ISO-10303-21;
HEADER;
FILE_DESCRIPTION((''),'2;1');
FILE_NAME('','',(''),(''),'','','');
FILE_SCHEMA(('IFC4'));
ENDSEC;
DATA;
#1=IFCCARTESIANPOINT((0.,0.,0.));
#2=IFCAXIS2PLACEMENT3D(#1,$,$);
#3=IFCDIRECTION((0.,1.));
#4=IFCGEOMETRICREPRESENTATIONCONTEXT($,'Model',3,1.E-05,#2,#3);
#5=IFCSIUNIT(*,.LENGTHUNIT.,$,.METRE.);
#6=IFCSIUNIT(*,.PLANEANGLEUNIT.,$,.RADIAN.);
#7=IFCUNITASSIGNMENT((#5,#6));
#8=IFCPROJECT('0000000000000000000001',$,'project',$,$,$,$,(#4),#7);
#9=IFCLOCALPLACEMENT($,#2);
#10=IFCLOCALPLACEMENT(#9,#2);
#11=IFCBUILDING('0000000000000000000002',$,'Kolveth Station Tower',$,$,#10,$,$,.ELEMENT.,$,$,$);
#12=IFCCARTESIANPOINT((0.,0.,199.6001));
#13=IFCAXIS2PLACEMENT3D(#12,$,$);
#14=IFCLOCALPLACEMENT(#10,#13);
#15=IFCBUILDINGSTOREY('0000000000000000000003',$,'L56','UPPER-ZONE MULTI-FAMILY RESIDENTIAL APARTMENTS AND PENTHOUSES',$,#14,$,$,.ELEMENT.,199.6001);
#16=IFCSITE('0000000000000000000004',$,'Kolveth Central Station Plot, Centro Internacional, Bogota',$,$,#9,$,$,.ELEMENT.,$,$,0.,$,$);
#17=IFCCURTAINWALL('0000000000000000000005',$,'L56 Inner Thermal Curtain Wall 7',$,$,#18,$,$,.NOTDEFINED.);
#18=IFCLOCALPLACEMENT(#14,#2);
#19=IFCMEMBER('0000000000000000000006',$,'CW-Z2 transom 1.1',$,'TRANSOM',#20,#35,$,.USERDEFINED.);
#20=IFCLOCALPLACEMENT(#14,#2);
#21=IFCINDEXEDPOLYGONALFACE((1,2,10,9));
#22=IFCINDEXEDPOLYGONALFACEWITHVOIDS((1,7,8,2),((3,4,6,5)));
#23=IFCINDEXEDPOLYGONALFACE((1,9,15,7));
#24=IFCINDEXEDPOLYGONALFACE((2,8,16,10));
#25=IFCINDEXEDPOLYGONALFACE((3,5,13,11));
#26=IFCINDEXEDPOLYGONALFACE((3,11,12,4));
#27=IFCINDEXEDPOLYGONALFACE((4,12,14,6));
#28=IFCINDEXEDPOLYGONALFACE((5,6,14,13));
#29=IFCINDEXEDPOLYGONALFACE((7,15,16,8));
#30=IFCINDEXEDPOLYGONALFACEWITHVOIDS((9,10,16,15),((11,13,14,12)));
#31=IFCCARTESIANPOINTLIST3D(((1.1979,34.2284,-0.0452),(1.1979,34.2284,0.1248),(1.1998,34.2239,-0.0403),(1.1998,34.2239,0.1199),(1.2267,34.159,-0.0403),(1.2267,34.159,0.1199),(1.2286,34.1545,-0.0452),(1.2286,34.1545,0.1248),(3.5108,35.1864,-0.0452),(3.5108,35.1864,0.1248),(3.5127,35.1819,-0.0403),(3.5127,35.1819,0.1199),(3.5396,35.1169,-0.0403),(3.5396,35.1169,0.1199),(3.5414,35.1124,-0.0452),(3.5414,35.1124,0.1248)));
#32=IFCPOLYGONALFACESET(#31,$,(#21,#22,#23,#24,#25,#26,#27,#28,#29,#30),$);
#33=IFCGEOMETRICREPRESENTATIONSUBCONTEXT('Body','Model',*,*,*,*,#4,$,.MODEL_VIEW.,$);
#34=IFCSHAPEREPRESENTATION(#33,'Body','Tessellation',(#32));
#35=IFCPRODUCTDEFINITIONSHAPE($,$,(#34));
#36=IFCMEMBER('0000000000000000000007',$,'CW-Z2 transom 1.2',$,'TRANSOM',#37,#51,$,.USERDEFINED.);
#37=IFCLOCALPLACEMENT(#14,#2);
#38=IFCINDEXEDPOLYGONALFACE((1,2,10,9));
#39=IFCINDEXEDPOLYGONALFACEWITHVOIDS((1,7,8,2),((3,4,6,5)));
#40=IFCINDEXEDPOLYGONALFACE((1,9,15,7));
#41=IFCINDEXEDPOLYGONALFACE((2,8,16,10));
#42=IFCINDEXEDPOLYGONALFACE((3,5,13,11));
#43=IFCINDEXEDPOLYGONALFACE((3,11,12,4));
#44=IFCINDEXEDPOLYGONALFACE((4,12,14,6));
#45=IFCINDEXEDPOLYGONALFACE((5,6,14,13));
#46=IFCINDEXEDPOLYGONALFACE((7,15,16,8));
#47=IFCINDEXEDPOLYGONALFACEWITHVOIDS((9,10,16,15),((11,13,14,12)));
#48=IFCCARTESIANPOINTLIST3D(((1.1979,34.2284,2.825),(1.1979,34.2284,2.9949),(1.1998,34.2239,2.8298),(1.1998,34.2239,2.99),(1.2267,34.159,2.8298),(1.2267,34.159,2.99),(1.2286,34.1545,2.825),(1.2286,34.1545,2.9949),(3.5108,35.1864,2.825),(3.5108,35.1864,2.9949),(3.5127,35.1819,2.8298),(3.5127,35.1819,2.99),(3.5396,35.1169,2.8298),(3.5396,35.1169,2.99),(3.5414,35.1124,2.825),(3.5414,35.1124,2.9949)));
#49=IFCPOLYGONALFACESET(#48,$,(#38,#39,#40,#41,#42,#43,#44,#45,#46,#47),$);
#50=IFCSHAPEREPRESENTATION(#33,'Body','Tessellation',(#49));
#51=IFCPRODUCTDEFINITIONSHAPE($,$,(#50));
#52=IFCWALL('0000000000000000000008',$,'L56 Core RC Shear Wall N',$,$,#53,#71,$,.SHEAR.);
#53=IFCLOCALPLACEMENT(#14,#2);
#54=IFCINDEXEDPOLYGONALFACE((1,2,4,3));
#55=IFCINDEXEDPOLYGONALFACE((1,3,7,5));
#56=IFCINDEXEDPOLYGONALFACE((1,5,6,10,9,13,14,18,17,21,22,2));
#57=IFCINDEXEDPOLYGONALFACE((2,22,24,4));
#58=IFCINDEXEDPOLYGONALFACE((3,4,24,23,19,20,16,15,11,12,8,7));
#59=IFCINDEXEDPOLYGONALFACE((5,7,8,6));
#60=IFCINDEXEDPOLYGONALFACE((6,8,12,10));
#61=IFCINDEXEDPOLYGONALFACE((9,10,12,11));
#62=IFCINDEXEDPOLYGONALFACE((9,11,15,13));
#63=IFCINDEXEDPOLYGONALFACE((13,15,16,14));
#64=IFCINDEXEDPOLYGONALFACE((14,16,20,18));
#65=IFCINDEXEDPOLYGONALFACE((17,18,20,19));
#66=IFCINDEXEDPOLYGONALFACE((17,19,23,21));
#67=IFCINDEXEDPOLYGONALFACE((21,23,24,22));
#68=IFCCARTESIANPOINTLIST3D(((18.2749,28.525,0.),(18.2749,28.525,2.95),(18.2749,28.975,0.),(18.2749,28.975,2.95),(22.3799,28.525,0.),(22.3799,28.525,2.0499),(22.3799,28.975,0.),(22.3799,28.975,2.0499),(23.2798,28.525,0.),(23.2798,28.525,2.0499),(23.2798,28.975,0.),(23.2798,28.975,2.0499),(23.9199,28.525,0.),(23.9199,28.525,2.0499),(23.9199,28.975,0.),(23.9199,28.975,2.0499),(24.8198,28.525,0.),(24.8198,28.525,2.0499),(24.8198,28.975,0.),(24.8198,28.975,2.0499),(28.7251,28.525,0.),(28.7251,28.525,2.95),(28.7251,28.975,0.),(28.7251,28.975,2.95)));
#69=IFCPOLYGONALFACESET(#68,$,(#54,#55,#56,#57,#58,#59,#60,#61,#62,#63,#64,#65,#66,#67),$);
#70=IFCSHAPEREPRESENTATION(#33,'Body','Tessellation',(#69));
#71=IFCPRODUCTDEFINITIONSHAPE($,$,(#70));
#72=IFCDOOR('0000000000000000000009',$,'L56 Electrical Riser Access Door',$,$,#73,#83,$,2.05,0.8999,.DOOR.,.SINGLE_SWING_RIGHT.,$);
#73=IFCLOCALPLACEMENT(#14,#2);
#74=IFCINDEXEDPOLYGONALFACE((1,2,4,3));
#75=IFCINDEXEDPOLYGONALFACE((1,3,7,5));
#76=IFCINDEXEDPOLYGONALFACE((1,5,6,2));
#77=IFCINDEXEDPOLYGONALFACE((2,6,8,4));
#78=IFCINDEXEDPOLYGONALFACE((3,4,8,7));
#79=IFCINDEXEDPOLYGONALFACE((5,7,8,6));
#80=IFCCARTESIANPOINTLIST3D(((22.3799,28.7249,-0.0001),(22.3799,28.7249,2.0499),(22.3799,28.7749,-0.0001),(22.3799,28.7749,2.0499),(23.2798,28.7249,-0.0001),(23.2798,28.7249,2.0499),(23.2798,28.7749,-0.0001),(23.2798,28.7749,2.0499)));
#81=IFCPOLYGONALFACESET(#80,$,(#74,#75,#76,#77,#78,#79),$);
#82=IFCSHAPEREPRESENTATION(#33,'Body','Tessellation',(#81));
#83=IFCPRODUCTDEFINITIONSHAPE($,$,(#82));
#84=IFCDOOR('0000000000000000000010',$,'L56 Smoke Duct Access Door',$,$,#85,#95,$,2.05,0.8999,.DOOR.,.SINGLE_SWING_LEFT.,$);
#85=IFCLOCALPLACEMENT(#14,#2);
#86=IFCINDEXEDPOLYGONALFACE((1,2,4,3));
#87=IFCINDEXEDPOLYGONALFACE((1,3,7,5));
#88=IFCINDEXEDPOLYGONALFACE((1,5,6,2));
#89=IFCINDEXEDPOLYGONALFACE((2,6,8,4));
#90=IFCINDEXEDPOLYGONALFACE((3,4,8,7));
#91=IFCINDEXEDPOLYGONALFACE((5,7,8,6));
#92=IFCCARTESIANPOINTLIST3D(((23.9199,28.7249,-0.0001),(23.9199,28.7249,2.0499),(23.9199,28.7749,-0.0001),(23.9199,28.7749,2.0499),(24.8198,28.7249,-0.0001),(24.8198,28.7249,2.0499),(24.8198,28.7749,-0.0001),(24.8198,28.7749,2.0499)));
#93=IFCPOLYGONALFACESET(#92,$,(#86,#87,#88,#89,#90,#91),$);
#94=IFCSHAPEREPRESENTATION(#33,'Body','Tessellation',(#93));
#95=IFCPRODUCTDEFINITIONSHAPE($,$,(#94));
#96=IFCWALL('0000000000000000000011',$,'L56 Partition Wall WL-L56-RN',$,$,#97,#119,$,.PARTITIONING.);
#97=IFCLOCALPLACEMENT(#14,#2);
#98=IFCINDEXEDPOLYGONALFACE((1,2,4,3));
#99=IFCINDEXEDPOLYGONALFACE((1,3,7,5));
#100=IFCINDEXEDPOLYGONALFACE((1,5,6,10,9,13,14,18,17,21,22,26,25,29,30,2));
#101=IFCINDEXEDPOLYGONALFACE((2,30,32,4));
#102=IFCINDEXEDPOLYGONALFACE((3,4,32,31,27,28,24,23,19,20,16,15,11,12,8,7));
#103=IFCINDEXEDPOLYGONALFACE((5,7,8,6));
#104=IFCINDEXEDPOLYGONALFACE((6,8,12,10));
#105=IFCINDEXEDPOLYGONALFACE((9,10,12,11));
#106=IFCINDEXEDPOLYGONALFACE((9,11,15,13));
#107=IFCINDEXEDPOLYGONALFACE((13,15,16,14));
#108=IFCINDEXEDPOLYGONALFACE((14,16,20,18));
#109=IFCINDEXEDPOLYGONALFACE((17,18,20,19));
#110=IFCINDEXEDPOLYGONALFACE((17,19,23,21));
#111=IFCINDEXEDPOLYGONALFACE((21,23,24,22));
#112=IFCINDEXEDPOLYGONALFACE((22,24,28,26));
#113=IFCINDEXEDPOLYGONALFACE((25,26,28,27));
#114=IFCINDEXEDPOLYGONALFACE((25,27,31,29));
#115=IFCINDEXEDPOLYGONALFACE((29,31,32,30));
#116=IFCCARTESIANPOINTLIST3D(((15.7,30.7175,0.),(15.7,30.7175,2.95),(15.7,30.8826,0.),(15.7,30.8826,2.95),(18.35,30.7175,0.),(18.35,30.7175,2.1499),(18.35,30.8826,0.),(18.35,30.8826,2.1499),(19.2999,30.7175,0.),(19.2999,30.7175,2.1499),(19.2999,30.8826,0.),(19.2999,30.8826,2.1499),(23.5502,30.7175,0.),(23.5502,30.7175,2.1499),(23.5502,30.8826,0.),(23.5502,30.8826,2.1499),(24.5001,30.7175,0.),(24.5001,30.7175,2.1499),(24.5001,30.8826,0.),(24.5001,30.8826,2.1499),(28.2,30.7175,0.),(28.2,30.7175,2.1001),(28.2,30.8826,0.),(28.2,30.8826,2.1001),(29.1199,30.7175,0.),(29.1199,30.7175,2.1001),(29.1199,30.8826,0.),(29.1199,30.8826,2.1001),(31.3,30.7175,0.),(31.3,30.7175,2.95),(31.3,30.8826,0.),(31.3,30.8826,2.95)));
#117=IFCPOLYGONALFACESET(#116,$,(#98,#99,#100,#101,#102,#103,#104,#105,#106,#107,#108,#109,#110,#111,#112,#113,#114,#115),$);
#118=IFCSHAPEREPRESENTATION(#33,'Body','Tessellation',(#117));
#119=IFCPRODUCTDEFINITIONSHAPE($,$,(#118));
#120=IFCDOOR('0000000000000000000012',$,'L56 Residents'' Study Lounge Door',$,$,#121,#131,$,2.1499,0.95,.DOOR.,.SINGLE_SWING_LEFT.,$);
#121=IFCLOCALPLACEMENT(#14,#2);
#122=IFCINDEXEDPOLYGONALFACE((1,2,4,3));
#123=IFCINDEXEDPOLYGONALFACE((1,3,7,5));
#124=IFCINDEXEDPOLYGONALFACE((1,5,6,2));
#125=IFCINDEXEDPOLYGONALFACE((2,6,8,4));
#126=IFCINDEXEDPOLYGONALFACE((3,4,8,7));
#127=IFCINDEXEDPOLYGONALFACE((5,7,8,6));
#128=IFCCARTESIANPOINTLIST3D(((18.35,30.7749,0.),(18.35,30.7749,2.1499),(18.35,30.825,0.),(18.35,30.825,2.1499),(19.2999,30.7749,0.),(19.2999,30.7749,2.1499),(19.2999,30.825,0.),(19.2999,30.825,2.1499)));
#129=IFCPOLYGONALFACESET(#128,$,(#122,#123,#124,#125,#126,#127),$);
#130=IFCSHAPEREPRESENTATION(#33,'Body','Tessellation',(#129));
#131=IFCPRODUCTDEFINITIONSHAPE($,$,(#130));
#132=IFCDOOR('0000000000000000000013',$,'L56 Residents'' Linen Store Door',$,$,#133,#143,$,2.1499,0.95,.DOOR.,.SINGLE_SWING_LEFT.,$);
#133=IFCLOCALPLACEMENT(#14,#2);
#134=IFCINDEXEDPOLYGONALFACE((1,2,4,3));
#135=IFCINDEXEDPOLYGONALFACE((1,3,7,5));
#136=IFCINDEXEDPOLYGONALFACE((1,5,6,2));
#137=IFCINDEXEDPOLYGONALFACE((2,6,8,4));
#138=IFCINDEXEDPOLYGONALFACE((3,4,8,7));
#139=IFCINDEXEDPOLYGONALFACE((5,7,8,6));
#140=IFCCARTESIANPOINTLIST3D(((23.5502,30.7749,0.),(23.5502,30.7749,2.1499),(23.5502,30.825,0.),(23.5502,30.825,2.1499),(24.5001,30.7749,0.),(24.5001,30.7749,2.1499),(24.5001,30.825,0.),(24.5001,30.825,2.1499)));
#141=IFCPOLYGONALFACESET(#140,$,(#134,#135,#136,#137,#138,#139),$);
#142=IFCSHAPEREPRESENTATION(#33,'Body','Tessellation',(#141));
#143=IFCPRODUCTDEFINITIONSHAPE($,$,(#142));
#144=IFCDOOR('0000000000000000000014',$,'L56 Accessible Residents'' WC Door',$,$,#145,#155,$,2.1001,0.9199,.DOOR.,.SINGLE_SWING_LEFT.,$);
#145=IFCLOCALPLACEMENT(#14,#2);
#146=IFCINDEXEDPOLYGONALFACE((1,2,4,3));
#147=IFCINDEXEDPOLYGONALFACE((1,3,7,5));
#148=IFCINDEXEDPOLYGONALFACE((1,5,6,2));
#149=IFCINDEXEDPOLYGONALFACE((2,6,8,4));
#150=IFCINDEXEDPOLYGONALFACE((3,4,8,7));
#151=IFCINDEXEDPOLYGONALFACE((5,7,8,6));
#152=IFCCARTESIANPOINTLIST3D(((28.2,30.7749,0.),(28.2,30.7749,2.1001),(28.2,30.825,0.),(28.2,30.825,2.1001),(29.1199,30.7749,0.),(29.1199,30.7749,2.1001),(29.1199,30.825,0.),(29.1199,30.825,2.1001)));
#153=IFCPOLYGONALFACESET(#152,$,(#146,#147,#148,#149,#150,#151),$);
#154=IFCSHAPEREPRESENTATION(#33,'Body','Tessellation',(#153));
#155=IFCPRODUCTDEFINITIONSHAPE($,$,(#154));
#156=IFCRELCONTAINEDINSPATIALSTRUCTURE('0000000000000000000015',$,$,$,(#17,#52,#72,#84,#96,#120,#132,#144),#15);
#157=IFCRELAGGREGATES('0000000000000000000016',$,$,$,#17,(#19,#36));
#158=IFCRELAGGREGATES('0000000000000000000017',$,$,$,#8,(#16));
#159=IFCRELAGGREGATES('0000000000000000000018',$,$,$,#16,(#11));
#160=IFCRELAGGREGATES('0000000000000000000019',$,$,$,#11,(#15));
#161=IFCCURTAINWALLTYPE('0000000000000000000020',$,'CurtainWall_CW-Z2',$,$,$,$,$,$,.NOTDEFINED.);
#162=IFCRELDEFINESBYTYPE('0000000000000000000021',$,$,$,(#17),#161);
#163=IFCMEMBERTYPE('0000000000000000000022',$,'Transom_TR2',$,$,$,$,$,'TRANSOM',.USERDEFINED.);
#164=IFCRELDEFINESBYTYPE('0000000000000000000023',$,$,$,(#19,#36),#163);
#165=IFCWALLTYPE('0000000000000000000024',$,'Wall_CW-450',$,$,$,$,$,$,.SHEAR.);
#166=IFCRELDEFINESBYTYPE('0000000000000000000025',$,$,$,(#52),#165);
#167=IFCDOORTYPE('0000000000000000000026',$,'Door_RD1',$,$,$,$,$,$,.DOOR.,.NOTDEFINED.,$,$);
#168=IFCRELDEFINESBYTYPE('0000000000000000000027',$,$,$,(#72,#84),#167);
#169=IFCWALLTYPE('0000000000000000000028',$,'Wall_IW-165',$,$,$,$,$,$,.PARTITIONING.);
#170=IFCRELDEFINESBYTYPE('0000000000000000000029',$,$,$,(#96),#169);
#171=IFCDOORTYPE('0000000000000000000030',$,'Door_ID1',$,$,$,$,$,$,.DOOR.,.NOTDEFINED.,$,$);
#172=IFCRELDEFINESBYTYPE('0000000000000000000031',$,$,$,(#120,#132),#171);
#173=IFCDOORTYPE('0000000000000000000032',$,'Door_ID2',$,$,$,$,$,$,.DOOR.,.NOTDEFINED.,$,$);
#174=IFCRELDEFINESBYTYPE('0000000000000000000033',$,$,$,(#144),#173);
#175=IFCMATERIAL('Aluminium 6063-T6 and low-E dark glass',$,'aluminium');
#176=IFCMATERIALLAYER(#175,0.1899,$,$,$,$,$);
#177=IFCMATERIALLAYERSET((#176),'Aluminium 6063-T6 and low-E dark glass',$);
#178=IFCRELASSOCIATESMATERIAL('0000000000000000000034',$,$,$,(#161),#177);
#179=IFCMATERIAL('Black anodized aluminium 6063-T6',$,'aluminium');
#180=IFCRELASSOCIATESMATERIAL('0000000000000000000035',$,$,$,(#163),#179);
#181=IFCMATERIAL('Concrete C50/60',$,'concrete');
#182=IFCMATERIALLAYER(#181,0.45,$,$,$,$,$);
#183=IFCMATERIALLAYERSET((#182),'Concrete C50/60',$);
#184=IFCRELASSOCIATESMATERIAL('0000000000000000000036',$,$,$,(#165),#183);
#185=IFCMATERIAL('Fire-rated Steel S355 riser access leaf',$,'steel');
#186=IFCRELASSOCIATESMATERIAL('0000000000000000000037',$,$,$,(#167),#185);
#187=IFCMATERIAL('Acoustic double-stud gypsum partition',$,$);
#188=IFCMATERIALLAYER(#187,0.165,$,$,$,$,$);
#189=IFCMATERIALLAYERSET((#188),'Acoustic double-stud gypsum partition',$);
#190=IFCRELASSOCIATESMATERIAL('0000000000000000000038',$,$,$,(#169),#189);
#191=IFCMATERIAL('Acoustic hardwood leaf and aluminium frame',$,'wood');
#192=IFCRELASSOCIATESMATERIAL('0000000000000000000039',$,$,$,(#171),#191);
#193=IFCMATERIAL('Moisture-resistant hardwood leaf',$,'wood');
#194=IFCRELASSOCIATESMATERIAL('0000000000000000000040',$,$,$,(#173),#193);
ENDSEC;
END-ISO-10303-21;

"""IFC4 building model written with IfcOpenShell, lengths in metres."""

from ifc_helpers import new_model, si_unit, direction, frame, frame_2d, origin, origin_2d, place, context, subcontext, project, spatial, rectangle, hollow_rectangle, extrude, source, transform, mapped, material, layer, layer_set, material_profile, profile_set, type_object, element, fill, aggregate, save


model = new_model("IFC4")

# Units and contexts
model_context = context("Model", 3, precision=1e-05, world=origin(), true_north=direction((0.0, 1.0)))
body_context = subcontext(model_context, "Body", "Model", "MODEL_VIEW")
ifc_project = project(units=[si_unit("LENGTHUNIT", "METRE"), si_unit("PLANEANGLEUNIT", "RADIAN")], contexts=[model_context])

# Site, building, storey
site_placement = place(None, origin())
site = spatial("IfcSite", under=ifc_project, at=site_placement, Name="Kolveth Central Station Plot, Centro Internacional, Bogota", CompositionType="ELEMENT", RefElevation=0.0)
building_placement = place(site_placement, origin())
building = spatial("IfcBuilding", under=site, at=building_placement, Name="Kolveth Station Tower", CompositionType="ELEMENT")
storey_placement = place(building_placement, frame((0.0, 0.0, 199.6001)))
storey = spatial("IfcBuildingStorey", under=building, at=storey_placement, Name="L56", Description="UPPER-ZONE MULTI-FAMILY RESIDENTIAL APARTMENTS AND PENTHOUSES", CompositionType="ELEMENT", Elevation=199.6001)

# Shared definitions
ifc_material_1 = material(Name="Aluminium 6063-T6 and low-E dark glass", Category="aluminium")
ifc_layer_1 = layer(ifc_material_1, 0.1899)
ifc_layer_set_1 = layer_set([ifc_layer_1], Name="Aluminium 6063-T6 and low-E dark glass")
curtain_wall_type = type_object("IfcCurtainWallType", Name="CurtainWall_CW-Z2", PredefinedType="NOTDEFINED", material=ifc_layer_set_1)
ifc_material_2 = material(Name="Black anodized aluminium 6063-T6", Category="aluminium")

# Curtain wall, members
curtain_wall_1_placement = place(storey_placement, origin())
curtain_wall_1 = element("IfcCurtainWall", 1, at=curtain_wall_1_placement, inside=storey, type_object=curtain_wall_type, Name="L56 Inner Thermal Curtain Wall 7", PredefinedType="NOTDEFINED")
ifc_material_profile_1 = material_profile(ifc_material_2, hollow_rectangle(XDim=0.0801, YDim=0.1699, WallThickness=0.0049, at=origin_2d()), Name="ALU-80x170x5")
ifc_profile_set_1 = profile_set([ifc_material_profile_1], Name="Black anodized aluminium 6063-T6")
member_type_1 = type_object("IfcMemberType", Name="Transom_TR2", ElementType="TRANSOM", PredefinedType="USERDEFINED", material=ifc_profile_set_1)
shared_shape_1 = source(origin(), body_context, "Body", "SweptSolid", [
    extrude(hollow_rectangle(XDim=0.0801, YDim=0.1699, WallThickness=0.0049, at=origin_2d()), origin(), (0.0, 0.0, 1.0), 2.5034),
])
member_1_placement = place(storey_placement, frame((3.5261, 35.1494, 0.0398), z_axis=(-0.923888, -0.382662, 0.0), x_axis=(0.382662, -0.923888, 0.0)))
member_1 = element("IfcMember", 2, at=member_1_placement, type_object=member_type_1, Name="CW-Z2 transom 1.1", ObjectType="TRANSOM", PredefinedType="USERDEFINED", context=body_context, shape_type="MappedRepresentation", body=[
    mapped(shared_shape_1, transform((0.0, 0.0, 0.0), x_axis=(1.0, 0.0, 0.0), y_axis=(0.0, 1.0, 0.0), z_axis=(0.0, 0.0, 1.0), scale=1.0)),
])
member_2_placement = place(storey_placement, frame((3.5261, 35.1494, 2.9099), z_axis=(-0.923888, -0.382662, 0.0), x_axis=(0.382662, -0.923888, 0.0)))
member_2 = element("IfcMember", 3, at=member_2_placement, type_object=member_type_1, Name="CW-Z2 transom 1.2", ObjectType="TRANSOM", PredefinedType="USERDEFINED", context=body_context, shape_type="MappedRepresentation", body=[
    mapped(shared_shape_1, transform((0.0, 0.0, 0.0), x_axis=(1.0, 0.0, 0.0), y_axis=(0.0, 1.0, 0.0), z_axis=(0.0, 0.0, 1.0), scale=1.0)),
])
aggregate(curtain_wall_1, [member_1, member_2])

# Walls, openings, doors
ifc_material_3 = material(Name="Concrete C50/60", Category="concrete")
ifc_layer_2 = layer(ifc_material_3, 0.45)
ifc_layer_set_2 = layer_set([ifc_layer_2], Name="Concrete C50/60")
wall_type_1 = type_object("IfcWallType", Name="Wall_CW-450", PredefinedType="SHEAR", material=ifc_layer_set_2)
wall_1_placement = place(storey_placement, frame((18.2749, 28.75, 0.0), z_axis=(0.0, 0.0, 1.0), x_axis=(1.0, 0.0, 0.0)))
wall_1 = element("IfcWall", 4, at=wall_1_placement, inside=storey, type_object=wall_type_1, Name="L56 Core RC Shear Wall N", PredefinedType="SHEAR", context=body_context, shape_type="SweptSolid", body=[
    extrude(rectangle(XDim=10.4502, YDim=0.45, at=frame_2d((5.2251, 0.0))), origin(), (0.0, 0.0, 1.0), 2.95),
])
opening_1_placement = place(wall_1_placement, frame((4.105, 0.0, 0.0)))
opening_1 = element("IfcOpeningElement", 5, at=opening_1_placement, cuts=wall_1, PredefinedType="OPENING", context=body_context, shape_type="SweptSolid", body=[
    extrude(rectangle(XDim=0.8999, YDim=2.05, at=frame_2d((0.45, 1.0249))), frame((0.0, 0.2349, 0.0), z_axis=(0.0, -1.0, 0.0), x_axis=(1.0, 0.0, 0.0)), (0.0, 0.0, 1.0), 0.47),
])
opening_2_placement = place(wall_1_placement, frame((5.645, 0.0, 0.0)))
opening_2 = element("IfcOpeningElement", 6, at=opening_2_placement, cuts=wall_1, PredefinedType="OPENING", context=body_context, shape_type="SweptSolid", body=[
    extrude(rectangle(XDim=0.8999, YDim=2.05, at=frame_2d((0.45, 1.0249))), frame((0.0, 0.2349, 0.0), z_axis=(0.0, -1.0, 0.0), x_axis=(1.0, 0.0, 0.0)), (0.0, 0.0, 1.0), 0.47),
])
ifc_material_4 = material(Name="Fire-rated Steel S355 riser access leaf", Category="steel")
door_type_1 = type_object("IfcDoorType", Name="Door_RD1", OperationType="NOTDEFINED", PredefinedType="DOOR", material=ifc_material_4)
door_1_placement = place(opening_1_placement, origin())
door_1 = element("IfcDoor", 7, at=door_1_placement, inside=storey, type_object=door_type_1, Name="L56 Electrical Riser Access Door", OperationType="SINGLE_SWING_RIGHT", OverallHeight=2.05, OverallWidth=0.8999, PredefinedType="DOOR", context=body_context, shape_type="SweptSolid", body=[
    extrude(rectangle(XDim=0.8999, YDim=2.05, at=frame_2d((0.45, 1.0249))), frame((0.0, 0.0249, 0.0), z_axis=(0.0, -1.0, 0.0), x_axis=(1.0, 0.0, 0.0)), (0.0, 0.0, 1.0), 0.05),
])
fill(opening_1, door_1)
door_2_placement = place(opening_2_placement, origin())
door_2 = element("IfcDoor", 8, at=door_2_placement, inside=storey, type_object=door_type_1, Name="L56 Smoke Duct Access Door", OperationType="SINGLE_SWING_LEFT", OverallHeight=2.05, OverallWidth=0.8999, PredefinedType="DOOR", context=body_context, shape_type="SweptSolid", body=[
    extrude(rectangle(XDim=0.8999, YDim=2.05, at=frame_2d((0.45, 1.0249))), frame((0.0, 0.0249, 0.0), z_axis=(0.0, -1.0, 0.0), x_axis=(1.0, 0.0, 0.0)), (0.0, 0.0, 1.0), 0.05),
])
fill(opening_2, door_2)
ifc_material_5 = material(Name="Acoustic double-stud gypsum partition")
ifc_layer_3 = layer(ifc_material_5, 0.165)
ifc_layer_set_3 = layer_set([ifc_layer_3], Name="Acoustic double-stud gypsum partition")
wall_type_2 = type_object("IfcWallType", Name="Wall_IW-165", PredefinedType="PARTITIONING", material=ifc_layer_set_3)
wall_2_placement = place(storey_placement, frame((15.7, 30.8, 0.0), z_axis=(0.0, 0.0, 1.0), x_axis=(1.0, 0.0, 0.0)))
wall_2 = element("IfcWall", 9, at=wall_2_placement, inside=storey, type_object=wall_type_2, Name="L56 Partition Wall WL-L56-RN", PredefinedType="PARTITIONING", context=body_context, shape_type="SweptSolid", body=[
    extrude(rectangle(XDim=15.6001, YDim=0.165, at=frame_2d((7.8, 0.0))), origin(), (0.0, 0.0, 1.0), 2.95),
])
opening_3_placement = place(wall_2_placement, frame((2.6499, 0.0, 0.0)))
opening_3 = element("IfcOpeningElement", 10, at=opening_3_placement, cuts=wall_2, PredefinedType="OPENING", context=body_context, shape_type="SweptSolid", body=[
    extrude(rectangle(XDim=0.95, YDim=2.1499, at=frame_2d((0.4751, 1.075))), frame((0.0, 0.0925, 0.0), z_axis=(0.0, -1.0, 0.0), x_axis=(1.0, 0.0, 0.0)), (0.0, 0.0, 1.0), 0.1851),
])
opening_4_placement = place(wall_2_placement, frame((7.8501, 0.0, 0.0)))
opening_4 = element("IfcOpeningElement", 11, at=opening_4_placement, cuts=wall_2, PredefinedType="OPENING", context=body_context, shape_type="SweptSolid", body=[
    extrude(rectangle(XDim=0.95, YDim=2.1499, at=frame_2d((0.4751, 1.075))), frame((0.0, 0.0925, 0.0), z_axis=(0.0, -1.0, 0.0), x_axis=(1.0, 0.0, 0.0)), (0.0, 0.0, 1.0), 0.1851),
])
opening_5_placement = place(wall_2_placement, frame((12.5, 0.0, 0.0)))
opening_5 = element("IfcOpeningElement", 12, at=opening_5_placement, cuts=wall_2, PredefinedType="OPENING", context=body_context, shape_type="SweptSolid", body=[
    extrude(rectangle(XDim=0.9199, YDim=2.1001, at=frame_2d((0.46, 1.05))), frame((0.0, 0.0925, 0.0), z_axis=(0.0, -1.0, 0.0), x_axis=(1.0, 0.0, 0.0)), (0.0, 0.0, 1.0), 0.1851),
])
ifc_material_6 = material(Name="Acoustic hardwood leaf and aluminium frame", Category="wood")
door_type_2 = type_object("IfcDoorType", Name="Door_ID1", OperationType="NOTDEFINED", PredefinedType="DOOR", material=ifc_material_6)
door_3_placement = place(opening_3_placement, origin())
door_3 = element("IfcDoor", 13, at=door_3_placement, inside=storey, type_object=door_type_2, Name="L56 Residents' Study Lounge Door", OperationType="SINGLE_SWING_LEFT", OverallHeight=2.1499, OverallWidth=0.95, PredefinedType="DOOR", context=body_context, shape_type="SweptSolid", body=[
    extrude(rectangle(XDim=0.95, YDim=2.1499, at=frame_2d((0.4751, 1.075))), frame((0.0, 0.0249, 0.0), z_axis=(0.0, -1.0, 0.0), x_axis=(1.0, 0.0, 0.0)), (0.0, 0.0, 1.0), 0.05),
])
fill(opening_3, door_3)
door_4_placement = place(opening_4_placement, origin())
door_4 = element("IfcDoor", 14, at=door_4_placement, inside=storey, type_object=door_type_2, Name="L56 Residents' Linen Store Door", OperationType="SINGLE_SWING_LEFT", OverallHeight=2.1499, OverallWidth=0.95, PredefinedType="DOOR", context=body_context, shape_type="SweptSolid", body=[
    extrude(rectangle(XDim=0.95, YDim=2.1499, at=frame_2d((0.4751, 1.075))), frame((0.0, 0.0249, 0.0), z_axis=(0.0, -1.0, 0.0), x_axis=(1.0, 0.0, 0.0)), (0.0, 0.0, 1.0), 0.05),
])
fill(opening_4, door_4)
ifc_material_7 = material(Name="Moisture-resistant hardwood leaf", Category="wood")
door_type_3 = type_object("IfcDoorType", Name="Door_ID2", OperationType="NOTDEFINED", PredefinedType="DOOR", material=ifc_material_7)
door_5_placement = place(opening_5_placement, origin())
door_5 = element("IfcDoor", 15, at=door_5_placement, inside=storey, type_object=door_type_3, Name="L56 Accessible Residents' WC Door", OperationType="SINGLE_SWING_LEFT", OverallHeight=2.1001, OverallWidth=0.9199, PredefinedType="DOOR", context=body_context, shape_type="SweptSolid", body=[
    extrude(rectangle(XDim=0.9199, YDim=2.1001, at=frame_2d((0.46, 1.05))), frame((0.0, 0.0249, 0.0), z_axis=(0.0, -1.0, 0.0), x_axis=(1.0, 0.0, 0.0)), (0.0, 0.0, 1.0), 0.05),
])
fill(opening_5, door_5)

save(model, "model.ifc")
